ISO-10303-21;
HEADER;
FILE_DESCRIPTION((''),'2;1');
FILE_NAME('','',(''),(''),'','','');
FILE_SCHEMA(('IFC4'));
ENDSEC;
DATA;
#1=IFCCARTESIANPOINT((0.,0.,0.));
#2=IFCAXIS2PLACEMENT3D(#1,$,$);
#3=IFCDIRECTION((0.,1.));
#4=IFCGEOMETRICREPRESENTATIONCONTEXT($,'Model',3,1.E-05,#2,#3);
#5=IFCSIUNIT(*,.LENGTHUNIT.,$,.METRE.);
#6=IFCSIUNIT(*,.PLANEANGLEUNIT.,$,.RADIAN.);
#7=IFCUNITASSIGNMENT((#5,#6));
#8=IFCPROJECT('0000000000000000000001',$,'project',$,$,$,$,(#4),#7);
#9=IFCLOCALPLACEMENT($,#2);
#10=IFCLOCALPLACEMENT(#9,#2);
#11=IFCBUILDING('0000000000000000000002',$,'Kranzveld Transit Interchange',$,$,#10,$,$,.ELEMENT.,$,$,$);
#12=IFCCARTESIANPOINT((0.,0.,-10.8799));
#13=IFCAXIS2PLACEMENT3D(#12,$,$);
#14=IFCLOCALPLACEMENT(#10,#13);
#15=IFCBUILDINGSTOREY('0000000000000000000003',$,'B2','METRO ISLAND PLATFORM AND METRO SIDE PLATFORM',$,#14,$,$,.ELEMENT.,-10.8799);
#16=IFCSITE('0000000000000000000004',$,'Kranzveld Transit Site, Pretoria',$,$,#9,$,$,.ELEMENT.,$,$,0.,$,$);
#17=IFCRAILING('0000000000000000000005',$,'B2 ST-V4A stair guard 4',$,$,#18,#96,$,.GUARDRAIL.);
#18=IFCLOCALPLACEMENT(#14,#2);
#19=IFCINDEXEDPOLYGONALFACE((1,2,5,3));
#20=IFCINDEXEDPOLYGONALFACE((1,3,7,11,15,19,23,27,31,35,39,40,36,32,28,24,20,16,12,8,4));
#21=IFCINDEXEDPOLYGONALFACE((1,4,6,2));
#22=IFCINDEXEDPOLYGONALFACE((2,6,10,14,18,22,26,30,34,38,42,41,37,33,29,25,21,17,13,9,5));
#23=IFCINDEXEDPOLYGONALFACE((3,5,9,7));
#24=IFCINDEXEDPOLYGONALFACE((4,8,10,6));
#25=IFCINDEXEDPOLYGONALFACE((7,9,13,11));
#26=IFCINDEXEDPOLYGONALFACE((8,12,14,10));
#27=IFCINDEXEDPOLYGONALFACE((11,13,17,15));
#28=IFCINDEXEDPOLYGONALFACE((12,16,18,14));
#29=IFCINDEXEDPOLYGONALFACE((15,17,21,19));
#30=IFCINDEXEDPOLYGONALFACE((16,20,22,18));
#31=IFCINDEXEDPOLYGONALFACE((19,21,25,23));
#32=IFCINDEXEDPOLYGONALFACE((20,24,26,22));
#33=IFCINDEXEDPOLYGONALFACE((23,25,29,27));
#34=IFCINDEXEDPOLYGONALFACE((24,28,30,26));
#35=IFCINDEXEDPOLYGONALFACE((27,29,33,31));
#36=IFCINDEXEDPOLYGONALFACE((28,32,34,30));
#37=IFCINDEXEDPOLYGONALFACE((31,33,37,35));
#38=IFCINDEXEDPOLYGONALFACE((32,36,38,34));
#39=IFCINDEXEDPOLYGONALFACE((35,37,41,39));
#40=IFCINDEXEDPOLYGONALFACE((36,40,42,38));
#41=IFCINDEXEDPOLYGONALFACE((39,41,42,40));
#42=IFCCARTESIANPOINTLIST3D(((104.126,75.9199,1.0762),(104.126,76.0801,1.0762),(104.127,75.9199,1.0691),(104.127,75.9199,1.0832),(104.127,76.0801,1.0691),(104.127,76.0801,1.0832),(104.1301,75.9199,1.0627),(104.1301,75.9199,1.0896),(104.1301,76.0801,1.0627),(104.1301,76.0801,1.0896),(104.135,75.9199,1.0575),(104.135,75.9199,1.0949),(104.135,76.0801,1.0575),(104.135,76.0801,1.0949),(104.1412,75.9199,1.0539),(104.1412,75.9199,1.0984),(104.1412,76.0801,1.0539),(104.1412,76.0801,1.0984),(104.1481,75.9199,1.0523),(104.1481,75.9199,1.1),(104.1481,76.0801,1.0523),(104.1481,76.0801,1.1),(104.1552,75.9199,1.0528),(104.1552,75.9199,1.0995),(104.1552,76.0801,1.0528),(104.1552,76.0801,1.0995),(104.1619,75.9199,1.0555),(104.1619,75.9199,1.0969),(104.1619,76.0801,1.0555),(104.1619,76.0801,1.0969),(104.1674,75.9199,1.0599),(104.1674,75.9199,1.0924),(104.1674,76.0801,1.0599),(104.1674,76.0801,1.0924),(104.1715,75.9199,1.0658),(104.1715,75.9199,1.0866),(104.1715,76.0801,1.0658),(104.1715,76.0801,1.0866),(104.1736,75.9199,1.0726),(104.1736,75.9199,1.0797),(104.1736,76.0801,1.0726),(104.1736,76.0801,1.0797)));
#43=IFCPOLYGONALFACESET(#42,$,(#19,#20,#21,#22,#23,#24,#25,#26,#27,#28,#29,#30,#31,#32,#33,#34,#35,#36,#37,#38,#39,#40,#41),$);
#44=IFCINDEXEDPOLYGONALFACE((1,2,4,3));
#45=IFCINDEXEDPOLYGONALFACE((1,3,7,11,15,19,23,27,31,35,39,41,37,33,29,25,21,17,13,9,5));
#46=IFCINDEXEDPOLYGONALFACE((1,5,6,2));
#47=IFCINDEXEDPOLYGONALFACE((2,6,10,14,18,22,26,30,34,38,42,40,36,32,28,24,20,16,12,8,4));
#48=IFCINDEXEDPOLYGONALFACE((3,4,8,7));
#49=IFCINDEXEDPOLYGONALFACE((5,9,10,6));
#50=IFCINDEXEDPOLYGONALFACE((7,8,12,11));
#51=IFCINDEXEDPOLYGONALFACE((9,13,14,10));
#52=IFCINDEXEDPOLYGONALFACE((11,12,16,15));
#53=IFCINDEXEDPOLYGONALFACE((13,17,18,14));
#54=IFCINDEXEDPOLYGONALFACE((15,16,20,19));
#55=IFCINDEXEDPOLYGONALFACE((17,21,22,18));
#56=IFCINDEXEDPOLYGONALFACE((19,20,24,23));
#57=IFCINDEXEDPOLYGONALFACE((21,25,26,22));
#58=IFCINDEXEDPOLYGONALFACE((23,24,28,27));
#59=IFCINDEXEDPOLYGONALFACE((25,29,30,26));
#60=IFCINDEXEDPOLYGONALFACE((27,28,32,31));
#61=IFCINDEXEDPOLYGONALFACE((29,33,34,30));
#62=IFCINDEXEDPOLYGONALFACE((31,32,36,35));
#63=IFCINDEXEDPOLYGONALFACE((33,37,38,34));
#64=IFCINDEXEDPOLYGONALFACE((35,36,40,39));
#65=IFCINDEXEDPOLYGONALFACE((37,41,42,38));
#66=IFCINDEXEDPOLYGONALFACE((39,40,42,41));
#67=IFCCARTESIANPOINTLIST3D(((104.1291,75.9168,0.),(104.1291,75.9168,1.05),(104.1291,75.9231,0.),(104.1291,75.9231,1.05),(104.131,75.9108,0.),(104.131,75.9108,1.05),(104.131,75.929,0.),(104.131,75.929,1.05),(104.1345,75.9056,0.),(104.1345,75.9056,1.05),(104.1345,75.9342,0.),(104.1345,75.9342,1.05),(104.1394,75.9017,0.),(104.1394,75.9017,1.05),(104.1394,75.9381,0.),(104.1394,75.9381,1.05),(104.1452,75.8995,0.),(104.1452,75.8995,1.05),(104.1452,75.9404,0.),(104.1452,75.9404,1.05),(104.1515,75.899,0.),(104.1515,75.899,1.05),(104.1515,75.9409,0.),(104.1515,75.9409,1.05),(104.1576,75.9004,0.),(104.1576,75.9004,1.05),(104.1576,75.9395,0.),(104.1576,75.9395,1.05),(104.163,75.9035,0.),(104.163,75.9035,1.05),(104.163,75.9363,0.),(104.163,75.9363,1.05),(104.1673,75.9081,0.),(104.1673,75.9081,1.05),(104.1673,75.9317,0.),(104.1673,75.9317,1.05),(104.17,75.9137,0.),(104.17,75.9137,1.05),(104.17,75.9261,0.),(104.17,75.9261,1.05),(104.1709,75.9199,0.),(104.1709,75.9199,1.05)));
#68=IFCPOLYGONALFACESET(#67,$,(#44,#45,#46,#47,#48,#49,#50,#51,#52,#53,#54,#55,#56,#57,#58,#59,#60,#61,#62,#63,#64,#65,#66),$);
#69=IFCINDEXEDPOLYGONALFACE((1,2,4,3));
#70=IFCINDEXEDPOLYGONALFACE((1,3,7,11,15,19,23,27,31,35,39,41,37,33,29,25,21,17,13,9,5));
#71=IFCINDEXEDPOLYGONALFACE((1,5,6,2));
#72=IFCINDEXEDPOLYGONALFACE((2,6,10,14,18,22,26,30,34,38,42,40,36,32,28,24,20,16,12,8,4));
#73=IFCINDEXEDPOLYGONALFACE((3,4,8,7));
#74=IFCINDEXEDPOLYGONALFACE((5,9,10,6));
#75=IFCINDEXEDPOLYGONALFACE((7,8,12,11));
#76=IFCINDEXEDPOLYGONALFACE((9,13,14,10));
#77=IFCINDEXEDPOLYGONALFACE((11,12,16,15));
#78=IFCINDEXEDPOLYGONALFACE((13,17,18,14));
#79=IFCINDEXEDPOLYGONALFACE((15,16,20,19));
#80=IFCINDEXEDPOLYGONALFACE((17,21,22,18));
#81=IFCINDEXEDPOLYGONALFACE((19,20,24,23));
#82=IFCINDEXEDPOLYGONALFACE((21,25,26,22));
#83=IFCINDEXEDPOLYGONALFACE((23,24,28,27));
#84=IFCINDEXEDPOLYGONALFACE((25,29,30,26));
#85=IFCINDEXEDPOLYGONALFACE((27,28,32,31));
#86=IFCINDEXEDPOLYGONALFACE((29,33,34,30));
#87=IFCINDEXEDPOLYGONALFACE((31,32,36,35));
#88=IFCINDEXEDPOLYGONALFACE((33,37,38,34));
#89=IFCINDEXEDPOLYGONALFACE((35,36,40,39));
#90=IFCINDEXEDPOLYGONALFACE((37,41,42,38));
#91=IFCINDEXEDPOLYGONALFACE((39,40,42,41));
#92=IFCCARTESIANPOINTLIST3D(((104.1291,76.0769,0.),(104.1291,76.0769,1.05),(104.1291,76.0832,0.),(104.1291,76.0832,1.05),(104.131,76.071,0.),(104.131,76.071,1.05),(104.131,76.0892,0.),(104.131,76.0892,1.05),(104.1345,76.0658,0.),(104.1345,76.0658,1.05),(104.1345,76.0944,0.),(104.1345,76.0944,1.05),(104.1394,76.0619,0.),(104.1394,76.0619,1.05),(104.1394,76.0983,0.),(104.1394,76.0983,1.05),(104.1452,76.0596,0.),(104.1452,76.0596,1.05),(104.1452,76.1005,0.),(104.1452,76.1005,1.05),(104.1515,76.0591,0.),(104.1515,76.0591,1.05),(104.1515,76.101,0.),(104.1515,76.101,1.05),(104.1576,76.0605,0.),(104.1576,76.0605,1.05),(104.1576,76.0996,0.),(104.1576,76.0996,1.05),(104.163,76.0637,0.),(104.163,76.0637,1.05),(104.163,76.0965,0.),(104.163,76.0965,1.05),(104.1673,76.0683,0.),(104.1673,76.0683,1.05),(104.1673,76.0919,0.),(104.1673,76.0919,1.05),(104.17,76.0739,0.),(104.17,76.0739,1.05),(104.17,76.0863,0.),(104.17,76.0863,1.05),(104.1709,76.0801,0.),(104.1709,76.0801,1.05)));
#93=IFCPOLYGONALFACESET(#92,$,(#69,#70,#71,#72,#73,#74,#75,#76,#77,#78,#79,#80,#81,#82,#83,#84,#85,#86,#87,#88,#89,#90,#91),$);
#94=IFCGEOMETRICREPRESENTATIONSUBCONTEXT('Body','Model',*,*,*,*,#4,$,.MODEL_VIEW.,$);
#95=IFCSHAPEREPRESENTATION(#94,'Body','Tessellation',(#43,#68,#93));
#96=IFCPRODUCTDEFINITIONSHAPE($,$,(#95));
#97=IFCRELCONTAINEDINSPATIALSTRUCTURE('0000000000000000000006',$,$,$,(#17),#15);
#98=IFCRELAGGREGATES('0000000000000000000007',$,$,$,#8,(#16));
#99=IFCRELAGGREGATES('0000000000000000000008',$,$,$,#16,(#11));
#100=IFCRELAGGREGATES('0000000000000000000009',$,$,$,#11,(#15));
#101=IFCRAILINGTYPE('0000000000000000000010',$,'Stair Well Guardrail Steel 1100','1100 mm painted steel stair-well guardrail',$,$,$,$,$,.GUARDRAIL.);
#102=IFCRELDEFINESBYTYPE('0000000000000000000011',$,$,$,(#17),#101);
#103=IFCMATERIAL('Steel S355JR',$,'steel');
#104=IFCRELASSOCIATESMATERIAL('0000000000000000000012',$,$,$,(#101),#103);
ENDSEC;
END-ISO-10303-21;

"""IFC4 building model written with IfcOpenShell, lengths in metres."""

from ifc_helpers import new_model, si_unit, direction, frame, origin, origin_2d, place, context, subcontext, project, spatial, circle, extrude, material, type_object, element, save


model = new_model("IFC4")

# Units and contexts
model_context = context("Model", 3, precision=1e-05, world=origin(), true_north=direction((0.0, 1.0)))
body_context = subcontext(model_context, "Body", "Model", "MODEL_VIEW")
ifc_project = project(units=[si_unit("LENGTHUNIT", "METRE"), si_unit("PLANEANGLEUNIT", "RADIAN")], contexts=[model_context])

# Site, building, storey
site_placement = place(None, origin())
site = spatial("IfcSite", under=ifc_project, at=site_placement, Name="Kranzveld Transit Site, Pretoria", CompositionType="ELEMENT", RefElevation=0.0)
building_placement = place(site_placement, origin())
building = spatial("IfcBuilding", under=site, at=building_placement, Name="Kranzveld Transit Interchange", CompositionType="ELEMENT")
storey_placement = place(building_placement, frame((0.0, 0.0, -10.8799)))
storey = spatial("IfcBuildingStorey", under=building, at=storey_placement, Name="B2", Description="METRO ISLAND PLATFORM AND METRO SIDE PLATFORM", CompositionType="ELEMENT", Elevation=-10.8799)

# Railing
ifc_material_1 = material(Name="Steel S355JR", Category="steel")
railing_type_1 = type_object("IfcRailingType", Name="Stair Well Guardrail Steel 1100", Description="1100 mm painted steel stair-well guardrail", PredefinedType="GUARDRAIL", material=ifc_material_1)
railing_1_placement = place(storey_placement, frame((104.1499, 75.9199, 0.0)))
element("IfcRailing", 1, at=railing_1_placement, inside=storey, type_object=railing_type_1, Name="B2 ST-V4A stair guard 4", PredefinedType="GUARDRAIL", context=body_context, shape_type="SweptSolid", body=[
    extrude(circle(Radius=0.0239, at=origin_2d()), frame((0.0, 0.0, 1.0762), z_axis=(0.0, 1.0, 0.0), x_axis=(-1.0, 0.0, 0.0)), (0.0, 0.0, 1.0), 0.1602),
    extrude(circle(Radius=0.021, at=origin_2d()), origin(), (0.0, 0.0, 1.0), 1.05),
    extrude(circle(Radius=0.021, at=origin_2d()), frame((0.0, 0.1602, 0.0)), (0.0, 0.0, 1.0), 1.05),
])

save(model, "model.ifc")
